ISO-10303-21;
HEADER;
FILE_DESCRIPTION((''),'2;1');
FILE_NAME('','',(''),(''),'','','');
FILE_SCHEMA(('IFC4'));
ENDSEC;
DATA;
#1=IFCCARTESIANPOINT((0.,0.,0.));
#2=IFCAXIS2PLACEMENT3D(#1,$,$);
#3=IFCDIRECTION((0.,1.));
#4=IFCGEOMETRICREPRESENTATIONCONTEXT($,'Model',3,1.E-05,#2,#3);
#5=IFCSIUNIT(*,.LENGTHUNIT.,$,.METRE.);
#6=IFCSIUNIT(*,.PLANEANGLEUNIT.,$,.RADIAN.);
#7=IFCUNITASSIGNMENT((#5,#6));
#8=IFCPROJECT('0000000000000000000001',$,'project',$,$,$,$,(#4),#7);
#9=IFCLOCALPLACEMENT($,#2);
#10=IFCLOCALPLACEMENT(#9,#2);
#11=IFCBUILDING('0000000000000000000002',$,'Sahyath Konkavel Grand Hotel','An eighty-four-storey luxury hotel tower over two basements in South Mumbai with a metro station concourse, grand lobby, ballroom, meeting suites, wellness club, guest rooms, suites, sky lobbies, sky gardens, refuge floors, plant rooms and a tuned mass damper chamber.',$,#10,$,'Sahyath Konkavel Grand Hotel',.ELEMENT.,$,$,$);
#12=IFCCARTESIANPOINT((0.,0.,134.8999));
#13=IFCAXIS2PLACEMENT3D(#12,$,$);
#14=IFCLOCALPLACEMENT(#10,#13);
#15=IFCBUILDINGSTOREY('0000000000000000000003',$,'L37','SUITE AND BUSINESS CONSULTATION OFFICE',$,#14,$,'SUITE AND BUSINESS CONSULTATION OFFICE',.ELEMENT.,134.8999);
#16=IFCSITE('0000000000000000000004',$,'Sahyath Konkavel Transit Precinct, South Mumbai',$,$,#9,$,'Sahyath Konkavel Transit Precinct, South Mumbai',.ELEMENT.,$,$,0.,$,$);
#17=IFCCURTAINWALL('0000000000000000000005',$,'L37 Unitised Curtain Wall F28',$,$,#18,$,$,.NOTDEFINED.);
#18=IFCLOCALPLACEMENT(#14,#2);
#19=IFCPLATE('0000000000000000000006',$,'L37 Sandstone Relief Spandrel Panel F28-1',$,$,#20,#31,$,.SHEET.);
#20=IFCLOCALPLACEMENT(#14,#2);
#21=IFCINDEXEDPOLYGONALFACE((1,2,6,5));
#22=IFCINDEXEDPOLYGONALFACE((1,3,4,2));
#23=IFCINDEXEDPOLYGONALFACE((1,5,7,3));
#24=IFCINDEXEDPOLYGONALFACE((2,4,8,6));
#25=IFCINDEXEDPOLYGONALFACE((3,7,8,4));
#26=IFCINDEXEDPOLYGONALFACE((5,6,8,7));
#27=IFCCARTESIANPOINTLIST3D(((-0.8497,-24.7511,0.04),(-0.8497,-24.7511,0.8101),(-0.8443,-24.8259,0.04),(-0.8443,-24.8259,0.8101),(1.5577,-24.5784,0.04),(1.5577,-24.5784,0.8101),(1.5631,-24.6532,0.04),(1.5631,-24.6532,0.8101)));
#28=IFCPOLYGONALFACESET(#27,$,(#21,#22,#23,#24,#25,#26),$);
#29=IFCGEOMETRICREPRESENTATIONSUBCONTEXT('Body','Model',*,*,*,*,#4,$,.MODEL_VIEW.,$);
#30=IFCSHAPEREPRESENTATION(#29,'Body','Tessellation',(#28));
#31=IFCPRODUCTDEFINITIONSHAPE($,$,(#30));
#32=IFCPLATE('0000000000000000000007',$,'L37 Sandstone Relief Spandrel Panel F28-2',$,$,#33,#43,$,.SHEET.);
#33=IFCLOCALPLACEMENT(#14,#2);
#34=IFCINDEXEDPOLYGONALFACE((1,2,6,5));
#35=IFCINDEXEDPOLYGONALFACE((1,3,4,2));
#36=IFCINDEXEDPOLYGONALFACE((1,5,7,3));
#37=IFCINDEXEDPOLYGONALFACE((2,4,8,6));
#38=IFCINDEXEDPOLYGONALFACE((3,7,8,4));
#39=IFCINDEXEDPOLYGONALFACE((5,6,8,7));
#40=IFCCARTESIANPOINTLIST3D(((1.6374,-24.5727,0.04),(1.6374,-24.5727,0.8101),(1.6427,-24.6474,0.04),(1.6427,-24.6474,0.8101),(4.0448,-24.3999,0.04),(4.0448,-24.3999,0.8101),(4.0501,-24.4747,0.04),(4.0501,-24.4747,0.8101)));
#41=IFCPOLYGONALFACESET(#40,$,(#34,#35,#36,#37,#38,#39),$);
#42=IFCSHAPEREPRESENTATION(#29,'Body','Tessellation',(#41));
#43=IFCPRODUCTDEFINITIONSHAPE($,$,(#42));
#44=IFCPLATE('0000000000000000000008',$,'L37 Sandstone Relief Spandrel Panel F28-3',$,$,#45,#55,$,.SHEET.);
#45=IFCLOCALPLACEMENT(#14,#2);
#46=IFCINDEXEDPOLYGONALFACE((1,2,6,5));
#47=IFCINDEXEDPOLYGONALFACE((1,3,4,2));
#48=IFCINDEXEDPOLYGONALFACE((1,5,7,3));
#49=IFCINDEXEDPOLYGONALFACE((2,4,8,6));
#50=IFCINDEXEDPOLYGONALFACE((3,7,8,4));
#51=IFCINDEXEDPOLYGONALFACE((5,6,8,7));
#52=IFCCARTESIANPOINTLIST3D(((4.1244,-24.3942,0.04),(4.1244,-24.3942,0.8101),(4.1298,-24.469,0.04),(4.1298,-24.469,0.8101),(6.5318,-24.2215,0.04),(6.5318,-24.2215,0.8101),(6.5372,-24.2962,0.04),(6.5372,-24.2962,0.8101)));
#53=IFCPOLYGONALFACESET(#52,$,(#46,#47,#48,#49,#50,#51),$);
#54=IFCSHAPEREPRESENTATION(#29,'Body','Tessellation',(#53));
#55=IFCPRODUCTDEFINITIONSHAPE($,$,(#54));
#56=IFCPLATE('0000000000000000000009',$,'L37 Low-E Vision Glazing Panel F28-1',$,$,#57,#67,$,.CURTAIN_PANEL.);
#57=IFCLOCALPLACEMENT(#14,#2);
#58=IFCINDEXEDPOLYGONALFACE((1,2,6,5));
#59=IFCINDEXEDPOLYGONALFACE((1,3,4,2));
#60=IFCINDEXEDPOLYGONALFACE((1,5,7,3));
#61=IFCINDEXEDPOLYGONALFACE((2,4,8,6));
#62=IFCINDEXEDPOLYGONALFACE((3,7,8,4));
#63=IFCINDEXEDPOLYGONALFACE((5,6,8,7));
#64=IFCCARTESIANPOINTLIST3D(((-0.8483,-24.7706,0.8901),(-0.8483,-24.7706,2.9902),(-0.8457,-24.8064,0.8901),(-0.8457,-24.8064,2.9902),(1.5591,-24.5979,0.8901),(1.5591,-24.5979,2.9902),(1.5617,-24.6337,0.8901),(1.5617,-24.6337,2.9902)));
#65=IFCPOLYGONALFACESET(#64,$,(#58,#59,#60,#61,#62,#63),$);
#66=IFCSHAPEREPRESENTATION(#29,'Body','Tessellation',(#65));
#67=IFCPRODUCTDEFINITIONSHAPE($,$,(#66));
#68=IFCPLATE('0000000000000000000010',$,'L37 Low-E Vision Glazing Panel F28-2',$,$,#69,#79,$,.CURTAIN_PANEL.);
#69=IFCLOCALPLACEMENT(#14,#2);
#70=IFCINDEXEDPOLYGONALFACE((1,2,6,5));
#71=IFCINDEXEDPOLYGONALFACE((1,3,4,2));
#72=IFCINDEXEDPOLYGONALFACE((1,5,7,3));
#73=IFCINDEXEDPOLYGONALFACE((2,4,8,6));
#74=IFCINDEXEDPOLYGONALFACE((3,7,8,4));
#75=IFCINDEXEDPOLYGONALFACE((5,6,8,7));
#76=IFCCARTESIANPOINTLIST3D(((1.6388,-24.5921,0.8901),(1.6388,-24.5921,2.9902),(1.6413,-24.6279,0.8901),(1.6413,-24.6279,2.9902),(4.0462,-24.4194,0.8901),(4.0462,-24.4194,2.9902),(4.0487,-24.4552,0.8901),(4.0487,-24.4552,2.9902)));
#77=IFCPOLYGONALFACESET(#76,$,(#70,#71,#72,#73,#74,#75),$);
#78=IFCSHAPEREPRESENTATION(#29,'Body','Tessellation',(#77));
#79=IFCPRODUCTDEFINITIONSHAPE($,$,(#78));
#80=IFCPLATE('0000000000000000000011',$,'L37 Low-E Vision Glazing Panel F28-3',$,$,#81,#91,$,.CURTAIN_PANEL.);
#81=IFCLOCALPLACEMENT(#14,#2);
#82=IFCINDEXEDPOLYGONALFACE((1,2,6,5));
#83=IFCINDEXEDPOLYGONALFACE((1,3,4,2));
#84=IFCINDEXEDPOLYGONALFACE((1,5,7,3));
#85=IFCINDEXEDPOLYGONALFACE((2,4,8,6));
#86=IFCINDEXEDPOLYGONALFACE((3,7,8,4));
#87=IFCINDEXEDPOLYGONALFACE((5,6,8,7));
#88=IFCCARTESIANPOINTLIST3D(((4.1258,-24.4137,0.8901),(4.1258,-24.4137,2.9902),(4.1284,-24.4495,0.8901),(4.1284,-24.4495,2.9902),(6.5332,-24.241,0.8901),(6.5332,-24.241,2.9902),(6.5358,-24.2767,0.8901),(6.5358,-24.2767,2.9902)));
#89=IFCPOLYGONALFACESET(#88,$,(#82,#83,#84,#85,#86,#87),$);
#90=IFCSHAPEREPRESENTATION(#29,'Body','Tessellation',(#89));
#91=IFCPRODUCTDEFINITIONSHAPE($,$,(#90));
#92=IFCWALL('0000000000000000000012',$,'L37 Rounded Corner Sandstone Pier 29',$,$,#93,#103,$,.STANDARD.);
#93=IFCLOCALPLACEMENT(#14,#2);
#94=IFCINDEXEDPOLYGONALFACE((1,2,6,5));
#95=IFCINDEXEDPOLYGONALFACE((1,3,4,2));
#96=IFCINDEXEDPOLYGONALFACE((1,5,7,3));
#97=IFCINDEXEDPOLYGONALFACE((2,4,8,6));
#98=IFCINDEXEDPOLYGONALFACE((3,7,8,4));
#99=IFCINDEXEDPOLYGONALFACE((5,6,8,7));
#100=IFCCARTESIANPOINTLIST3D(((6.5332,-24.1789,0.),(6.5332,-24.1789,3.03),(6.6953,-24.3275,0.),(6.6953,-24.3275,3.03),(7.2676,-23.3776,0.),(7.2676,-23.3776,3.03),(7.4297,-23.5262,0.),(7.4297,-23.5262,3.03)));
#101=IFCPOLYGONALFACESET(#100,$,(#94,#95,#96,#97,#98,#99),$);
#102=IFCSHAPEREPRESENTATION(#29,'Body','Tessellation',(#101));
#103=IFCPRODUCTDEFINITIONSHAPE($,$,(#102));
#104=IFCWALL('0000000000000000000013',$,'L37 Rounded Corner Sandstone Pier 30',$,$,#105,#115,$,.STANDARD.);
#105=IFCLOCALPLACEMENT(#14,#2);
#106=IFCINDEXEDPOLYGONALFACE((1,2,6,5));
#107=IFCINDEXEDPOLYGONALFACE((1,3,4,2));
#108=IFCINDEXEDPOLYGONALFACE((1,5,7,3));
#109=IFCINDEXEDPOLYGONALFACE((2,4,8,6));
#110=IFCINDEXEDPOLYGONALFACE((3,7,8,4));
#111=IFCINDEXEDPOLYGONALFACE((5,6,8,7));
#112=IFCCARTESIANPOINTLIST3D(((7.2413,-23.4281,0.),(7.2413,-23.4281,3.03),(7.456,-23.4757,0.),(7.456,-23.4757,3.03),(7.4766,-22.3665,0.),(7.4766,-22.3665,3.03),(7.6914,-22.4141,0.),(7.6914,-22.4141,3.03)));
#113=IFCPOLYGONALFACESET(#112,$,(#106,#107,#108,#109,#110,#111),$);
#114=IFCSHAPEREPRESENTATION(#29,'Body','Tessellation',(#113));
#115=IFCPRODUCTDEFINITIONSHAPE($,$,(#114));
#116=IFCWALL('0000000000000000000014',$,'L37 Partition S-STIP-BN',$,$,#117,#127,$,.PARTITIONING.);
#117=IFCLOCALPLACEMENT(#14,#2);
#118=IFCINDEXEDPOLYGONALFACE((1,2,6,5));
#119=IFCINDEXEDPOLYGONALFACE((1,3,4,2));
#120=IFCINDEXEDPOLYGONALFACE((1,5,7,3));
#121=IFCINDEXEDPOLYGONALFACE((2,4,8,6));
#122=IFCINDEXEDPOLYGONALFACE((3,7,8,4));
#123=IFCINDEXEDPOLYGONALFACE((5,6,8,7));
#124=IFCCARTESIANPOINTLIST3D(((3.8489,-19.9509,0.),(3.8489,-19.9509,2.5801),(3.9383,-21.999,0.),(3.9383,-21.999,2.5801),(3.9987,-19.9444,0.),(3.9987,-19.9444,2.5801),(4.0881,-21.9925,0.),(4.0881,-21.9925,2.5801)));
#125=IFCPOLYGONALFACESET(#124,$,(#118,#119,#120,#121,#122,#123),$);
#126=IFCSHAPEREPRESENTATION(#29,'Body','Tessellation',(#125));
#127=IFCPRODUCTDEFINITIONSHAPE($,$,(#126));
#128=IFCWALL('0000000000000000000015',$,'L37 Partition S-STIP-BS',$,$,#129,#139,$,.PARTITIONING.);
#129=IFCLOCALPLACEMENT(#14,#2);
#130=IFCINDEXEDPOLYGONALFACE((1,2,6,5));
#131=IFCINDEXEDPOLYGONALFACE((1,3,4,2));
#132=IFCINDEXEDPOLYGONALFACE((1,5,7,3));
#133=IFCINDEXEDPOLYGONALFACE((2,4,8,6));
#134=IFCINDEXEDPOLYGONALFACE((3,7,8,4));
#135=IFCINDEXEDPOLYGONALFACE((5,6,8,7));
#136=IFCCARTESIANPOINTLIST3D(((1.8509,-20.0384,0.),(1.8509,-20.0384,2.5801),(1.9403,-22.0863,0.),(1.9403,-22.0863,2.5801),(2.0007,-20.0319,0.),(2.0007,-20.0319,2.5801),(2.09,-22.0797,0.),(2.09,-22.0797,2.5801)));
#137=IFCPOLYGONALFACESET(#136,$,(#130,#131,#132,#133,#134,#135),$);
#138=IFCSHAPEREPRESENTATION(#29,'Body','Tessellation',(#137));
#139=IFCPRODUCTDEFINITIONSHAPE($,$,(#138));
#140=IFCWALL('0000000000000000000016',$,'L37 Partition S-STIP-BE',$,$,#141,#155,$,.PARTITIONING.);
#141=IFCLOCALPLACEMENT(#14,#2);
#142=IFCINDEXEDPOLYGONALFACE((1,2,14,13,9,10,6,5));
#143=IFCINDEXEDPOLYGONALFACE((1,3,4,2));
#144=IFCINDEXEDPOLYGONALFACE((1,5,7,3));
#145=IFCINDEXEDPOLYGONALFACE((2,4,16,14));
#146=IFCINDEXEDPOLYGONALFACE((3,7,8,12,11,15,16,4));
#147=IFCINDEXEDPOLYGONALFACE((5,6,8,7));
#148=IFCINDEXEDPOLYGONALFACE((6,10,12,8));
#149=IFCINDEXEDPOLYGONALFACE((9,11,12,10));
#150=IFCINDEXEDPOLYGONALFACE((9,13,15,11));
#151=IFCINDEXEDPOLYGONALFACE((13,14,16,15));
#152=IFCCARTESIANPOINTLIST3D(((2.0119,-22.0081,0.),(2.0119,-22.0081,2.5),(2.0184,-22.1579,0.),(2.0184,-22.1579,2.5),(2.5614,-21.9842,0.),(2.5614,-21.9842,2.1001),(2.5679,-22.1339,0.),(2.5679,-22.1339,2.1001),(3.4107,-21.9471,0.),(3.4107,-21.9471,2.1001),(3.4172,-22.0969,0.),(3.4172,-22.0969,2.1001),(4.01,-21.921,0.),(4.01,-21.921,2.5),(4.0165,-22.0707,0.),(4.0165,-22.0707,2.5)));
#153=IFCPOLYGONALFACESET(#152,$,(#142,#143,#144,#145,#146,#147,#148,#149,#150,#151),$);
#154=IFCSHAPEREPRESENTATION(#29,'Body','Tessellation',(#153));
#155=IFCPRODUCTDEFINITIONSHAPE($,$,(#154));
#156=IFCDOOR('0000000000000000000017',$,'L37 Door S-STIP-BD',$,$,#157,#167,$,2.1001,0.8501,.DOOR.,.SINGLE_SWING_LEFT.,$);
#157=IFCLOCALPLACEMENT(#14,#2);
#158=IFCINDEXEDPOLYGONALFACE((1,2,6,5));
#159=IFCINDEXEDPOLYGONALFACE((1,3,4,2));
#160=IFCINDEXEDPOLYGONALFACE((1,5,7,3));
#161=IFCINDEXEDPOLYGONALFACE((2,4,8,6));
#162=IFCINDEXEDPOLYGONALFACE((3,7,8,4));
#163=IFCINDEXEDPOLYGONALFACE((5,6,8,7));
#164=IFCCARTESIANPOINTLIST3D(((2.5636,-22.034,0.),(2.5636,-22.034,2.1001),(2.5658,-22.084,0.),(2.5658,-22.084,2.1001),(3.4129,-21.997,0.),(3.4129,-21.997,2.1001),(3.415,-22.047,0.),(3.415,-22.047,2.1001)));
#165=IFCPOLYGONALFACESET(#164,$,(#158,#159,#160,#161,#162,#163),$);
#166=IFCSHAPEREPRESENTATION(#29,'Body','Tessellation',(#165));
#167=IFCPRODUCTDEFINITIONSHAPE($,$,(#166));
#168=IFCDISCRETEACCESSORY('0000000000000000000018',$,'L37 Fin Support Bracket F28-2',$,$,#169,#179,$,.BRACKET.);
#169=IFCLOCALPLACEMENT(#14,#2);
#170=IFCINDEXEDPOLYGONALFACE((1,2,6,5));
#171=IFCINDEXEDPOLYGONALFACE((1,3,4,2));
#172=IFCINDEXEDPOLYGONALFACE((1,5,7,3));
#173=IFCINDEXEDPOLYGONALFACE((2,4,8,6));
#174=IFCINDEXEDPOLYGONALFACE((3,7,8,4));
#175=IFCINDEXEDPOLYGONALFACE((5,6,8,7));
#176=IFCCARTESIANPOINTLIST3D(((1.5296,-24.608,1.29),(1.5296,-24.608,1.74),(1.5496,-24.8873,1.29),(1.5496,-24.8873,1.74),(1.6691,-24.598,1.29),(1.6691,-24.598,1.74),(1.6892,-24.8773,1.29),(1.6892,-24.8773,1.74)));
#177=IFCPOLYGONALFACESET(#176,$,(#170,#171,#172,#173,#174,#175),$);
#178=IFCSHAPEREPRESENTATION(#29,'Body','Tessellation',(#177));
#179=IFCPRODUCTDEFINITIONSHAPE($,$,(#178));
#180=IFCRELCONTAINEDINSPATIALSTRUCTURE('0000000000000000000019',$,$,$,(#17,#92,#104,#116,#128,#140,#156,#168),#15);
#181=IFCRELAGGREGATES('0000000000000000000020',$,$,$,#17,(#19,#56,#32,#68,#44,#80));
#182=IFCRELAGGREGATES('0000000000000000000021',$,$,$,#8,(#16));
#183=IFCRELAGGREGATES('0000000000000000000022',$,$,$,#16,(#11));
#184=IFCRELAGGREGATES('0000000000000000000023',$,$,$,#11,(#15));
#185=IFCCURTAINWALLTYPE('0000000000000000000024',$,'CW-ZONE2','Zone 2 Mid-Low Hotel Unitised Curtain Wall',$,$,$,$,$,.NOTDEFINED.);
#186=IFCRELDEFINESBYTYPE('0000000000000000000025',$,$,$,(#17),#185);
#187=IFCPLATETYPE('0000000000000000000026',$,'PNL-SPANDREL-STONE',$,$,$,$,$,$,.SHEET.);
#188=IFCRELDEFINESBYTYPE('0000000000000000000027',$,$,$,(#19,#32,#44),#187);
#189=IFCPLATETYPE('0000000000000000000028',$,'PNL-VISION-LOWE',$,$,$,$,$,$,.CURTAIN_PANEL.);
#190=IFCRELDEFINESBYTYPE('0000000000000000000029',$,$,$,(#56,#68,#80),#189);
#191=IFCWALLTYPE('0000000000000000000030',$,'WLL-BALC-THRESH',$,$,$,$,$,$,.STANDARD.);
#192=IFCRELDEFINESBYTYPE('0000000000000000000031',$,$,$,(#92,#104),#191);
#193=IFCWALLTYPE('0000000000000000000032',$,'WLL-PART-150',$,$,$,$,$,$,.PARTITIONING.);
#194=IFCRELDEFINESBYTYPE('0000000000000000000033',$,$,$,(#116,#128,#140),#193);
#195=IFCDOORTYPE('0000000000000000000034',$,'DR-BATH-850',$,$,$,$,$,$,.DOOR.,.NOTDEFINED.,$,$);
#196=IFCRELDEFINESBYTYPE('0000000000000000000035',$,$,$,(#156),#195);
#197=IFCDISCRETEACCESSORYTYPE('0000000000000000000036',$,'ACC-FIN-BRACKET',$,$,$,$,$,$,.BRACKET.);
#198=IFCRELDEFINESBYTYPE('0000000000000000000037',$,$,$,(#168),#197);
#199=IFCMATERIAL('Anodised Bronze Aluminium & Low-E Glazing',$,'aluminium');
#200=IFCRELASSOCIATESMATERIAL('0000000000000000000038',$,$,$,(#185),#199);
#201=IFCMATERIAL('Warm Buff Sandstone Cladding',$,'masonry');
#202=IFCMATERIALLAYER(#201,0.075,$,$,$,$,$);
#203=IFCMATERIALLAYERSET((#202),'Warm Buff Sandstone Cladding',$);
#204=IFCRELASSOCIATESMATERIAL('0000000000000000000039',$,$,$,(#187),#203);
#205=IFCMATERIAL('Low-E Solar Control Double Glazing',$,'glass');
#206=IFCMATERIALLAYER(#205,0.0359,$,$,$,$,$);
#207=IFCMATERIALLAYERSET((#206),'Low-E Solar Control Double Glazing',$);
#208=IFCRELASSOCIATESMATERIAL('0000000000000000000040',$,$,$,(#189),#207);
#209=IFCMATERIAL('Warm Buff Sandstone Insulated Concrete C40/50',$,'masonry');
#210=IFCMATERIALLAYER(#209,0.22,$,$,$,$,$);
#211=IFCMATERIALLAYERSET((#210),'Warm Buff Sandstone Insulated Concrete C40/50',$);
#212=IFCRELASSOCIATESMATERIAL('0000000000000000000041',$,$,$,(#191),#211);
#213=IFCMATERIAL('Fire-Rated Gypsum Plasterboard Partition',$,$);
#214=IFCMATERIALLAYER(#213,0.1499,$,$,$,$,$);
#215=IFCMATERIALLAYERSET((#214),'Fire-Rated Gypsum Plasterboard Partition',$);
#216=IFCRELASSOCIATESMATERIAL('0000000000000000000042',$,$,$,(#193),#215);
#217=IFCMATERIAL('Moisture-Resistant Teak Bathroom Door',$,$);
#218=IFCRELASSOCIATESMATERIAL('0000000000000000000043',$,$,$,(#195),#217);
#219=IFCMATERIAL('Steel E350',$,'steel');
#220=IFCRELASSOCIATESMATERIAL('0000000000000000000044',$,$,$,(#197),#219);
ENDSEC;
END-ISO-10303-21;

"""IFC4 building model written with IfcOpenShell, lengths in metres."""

from ifc_helpers import new_model, si_unit, direction, frame, frame_2d, origin, origin_2d, place, context, subcontext, project, spatial, rectangle, extrude, source, transform, mapped, material, layer, layer_set, type_object, element, fill, aggregate, save


model = new_model("IFC4")

# Units and contexts
model_context = context("Model", 3, precision=1e-05, world=origin(), true_north=direction((0.0, 1.0)))
body_context = subcontext(model_context, "Body", "Model", "MODEL_VIEW")
ifc_project = project(units=[si_unit("LENGTHUNIT", "METRE"), si_unit("PLANEANGLEUNIT", "RADIAN")], contexts=[model_context])

# Site, building, storey
site_placement = place(None, origin())
site = spatial("IfcSite", under=ifc_project, at=site_placement, Name="Sahyath Konkavel Transit Precinct, South Mumbai", LongName="Sahyath Konkavel Transit Precinct, South Mumbai", CompositionType="ELEMENT", RefElevation=0.0)
building_placement = place(site_placement, origin())
building = spatial("IfcBuilding", under=site, at=building_placement, Name="Sahyath Konkavel Grand Hotel", Description="An eighty-four-storey luxury hotel tower over two basements in South Mumbai with a metro station concourse, grand lobby, ballroom, meeting suites, wellness club, guest rooms, suites, sky lobbies, sky gardens, refuge floors, plant rooms and a tuned mass damper chamber.", LongName="Sahyath Konkavel Grand Hotel", CompositionType="ELEMENT")
storey_placement = place(building_placement, frame((0.0, 0.0, 134.8999)))
storey = spatial("IfcBuildingStorey", under=building, at=storey_placement, Name="L37", Description="SUITE AND BUSINESS CONSULTATION OFFICE", LongName="SUITE AND BUSINESS CONSULTATION OFFICE", CompositionType="ELEMENT", Elevation=134.8999)

# Curtain wall
ifc_material_1 = material(Name="Anodised Bronze Aluminium & Low-E Glazing", Category="aluminium")
curtain_wall_type = type_object("IfcCurtainWallType", Name="CW-ZONE2", Description="Zone 2 Mid-Low Hotel Unitised Curtain Wall", PredefinedType="NOTDEFINED", material=ifc_material_1)
curtain_wall_1_placement = place(storey_placement, origin())
curtain_wall_1 = element("IfcCurtainWall", 1, at=curtain_wall_1_placement, inside=storey, type_object=curtain_wall_type, Name="L37 Unitised Curtain Wall F28", PredefinedType="NOTDEFINED")

# Plates
ifc_material_2 = material(Name="Warm Buff Sandstone Cladding", Category="masonry")
ifc_layer_1 = layer(ifc_material_2, 0.075)
ifc_layer_set_1 = layer_set([ifc_layer_1], Name="Warm Buff Sandstone Cladding")
plate_type_1 = type_object("IfcPlateType", Name="PNL-SPANDREL-STONE", PredefinedType="SHEET", material=ifc_layer_set_1)
shared_shape_1 = source(origin(), body_context, "Body", "SweptSolid", [
    extrude(rectangle(XDim=2.4136, YDim=0.075, at=origin_2d()), origin(), (0.0, 0.0, 1.0), 0.77),
])
plate_1_placement = place(storey_placement, frame((0.3567, -24.7021, 0.04), z_axis=(0.0, 0.0, 1.0), x_axis=(0.997436, 0.071567, 0.0)))
plate_1 = element("IfcPlate", 2, at=plate_1_placement, type_object=plate_type_1, Name="L37 Sandstone Relief Spandrel Panel F28-1", PredefinedType="SHEET", context=body_context, shape_type="MappedRepresentation", body=[
    mapped(shared_shape_1, transform((0.0, 0.0, 0.0), scale=1.0)),
])
plate_2_placement = place(storey_placement, frame((2.8438, -24.5237, 0.04), z_axis=(0.0, 0.0, 1.0), x_axis=(0.997436, 0.071567, 0.0)))
plate_2 = element("IfcPlate", 3, at=plate_2_placement, type_object=plate_type_1, Name="L37 Sandstone Relief Spandrel Panel F28-2", PredefinedType="SHEET", context=body_context, shape_type="MappedRepresentation", body=[
    mapped(shared_shape_1, transform((0.0, 0.0, 0.0), scale=1.0)),
])
plate_3_placement = place(storey_placement, frame((5.3308, -24.3452, 0.04), z_axis=(0.0, 0.0, 1.0), x_axis=(0.997436, 0.071567, 0.0)))
plate_3 = element("IfcPlate", 4, at=plate_3_placement, type_object=plate_type_1, Name="L37 Sandstone Relief Spandrel Panel F28-3", PredefinedType="SHEET", context=body_context, shape_type="MappedRepresentation", body=[
    mapped(shared_shape_1, transform((0.0, 0.0, 0.0), scale=1.0)),
])
ifc_material_3 = material(Name="Low-E Solar Control Double Glazing", Category="glass")
ifc_layer_2 = layer(ifc_material_3, 0.0359)
ifc_layer_set_2 = layer_set([ifc_layer_2], Name="Low-E Solar Control Double Glazing")
plate_type_2 = type_object("IfcPlateType", Name="PNL-VISION-LOWE", PredefinedType="CURTAIN_PANEL", material=ifc_layer_set_2)
shared_shape_2 = source(origin(), body_context, "Body", "SweptSolid", [
    extrude(rectangle(XDim=2.4136, YDim=0.0359, at=origin_2d()), origin(), (0.0, 0.0, 1.0), 2.1001),
])
plate_4_placement = place(storey_placement, frame((0.3567, -24.7021, 0.8901), z_axis=(0.0, 0.0, 1.0), x_axis=(0.997436, 0.071567, 0.0)))
plate_4 = element("IfcPlate", 5, at=plate_4_placement, type_object=plate_type_2, Name="L37 Low-E Vision Glazing Panel F28-1", PredefinedType="CURTAIN_PANEL", context=body_context, shape_type="MappedRepresentation", body=[
    mapped(shared_shape_2, transform((0.0, 0.0, 0.0), scale=1.0)),
])
plate_5_placement = place(storey_placement, frame((2.8438, -24.5237, 0.8901), z_axis=(0.0, 0.0, 1.0), x_axis=(0.997436, 0.071567, 0.0)))
plate_5 = element("IfcPlate", 6, at=plate_5_placement, type_object=plate_type_2, Name="L37 Low-E Vision Glazing Panel F28-2", PredefinedType="CURTAIN_PANEL", context=body_context, shape_type="MappedRepresentation", body=[
    mapped(shared_shape_2, transform((0.0, 0.0, 0.0), scale=1.0)),
])
plate_6_placement = place(storey_placement, frame((5.3308, -24.3452, 0.8901), z_axis=(0.0, 0.0, 1.0), x_axis=(0.997436, 0.071567, 0.0)))
plate_6 = element("IfcPlate", 7, at=plate_6_placement, type_object=plate_type_2, Name="L37 Low-E Vision Glazing Panel F28-3", PredefinedType="CURTAIN_PANEL", context=body_context, shape_type="MappedRepresentation", body=[
    mapped(shared_shape_2, transform((0.0, 0.0, 0.0), scale=1.0)),
])
aggregate(curtain_wall_1, [plate_1, plate_4, plate_2, plate_5, plate_3, plate_6])

# Walls
ifc_material_4 = material(Name="Warm Buff Sandstone Insulated Concrete C40/50", Category="masonry")
ifc_layer_3 = layer(ifc_material_4, 0.22)
ifc_layer_set_3 = layer_set([ifc_layer_3], Name="Warm Buff Sandstone Insulated Concrete C40/50")
wall_type_1 = type_object("IfcWallType", Name="WLL-BALC-THRESH", PredefinedType="STANDARD", material=ifc_layer_set_3)
wall_1_placement = place(storey_placement, frame((6.6143, -24.2532, 0.0), z_axis=(0.0, 0.0, 1.0), x_axis=(0.675664, 0.73721, 0.0)))
element("IfcWall", 8, at=wall_1_placement, inside=storey, type_object=wall_type_1, Name="L37 Rounded Corner Sandstone Pier 29", PredefinedType="STANDARD", context=body_context, shape_type="SweptSolid", body=[
    extrude(rectangle(XDim=1.0869, YDim=0.22, at=frame_2d((0.5435, 0.0))), origin(), (0.0, 0.0, 1.0), 3.03),
])
wall_2_placement = place(storey_placement, frame((7.3486, -23.4519, 0.0), z_axis=(0.0, 0.0, 1.0), x_axis=(0.216455, 0.976293, 0.0)))
element("IfcWall", 9, at=wall_2_placement, inside=storey, type_object=wall_type_1, Name="L37 Rounded Corner Sandstone Pier 30", PredefinedType="STANDARD", context=body_context, shape_type="SweptSolid", body=[
    extrude(rectangle(XDim=1.0874, YDim=0.22, at=frame_2d((0.5437, 0.0))), origin(), (0.0, 0.0, 1.0), 3.03),
])
ifc_material_5 = material(Name="Fire-Rated Gypsum Plasterboard Partition")
ifc_layer_4 = layer(ifc_material_5, 0.1499)
ifc_layer_set_4 = layer_set([ifc_layer_4], Name="Fire-Rated Gypsum Plasterboard Partition")
wall_type_2 = type_object("IfcWallType", Name="WLL-PART-150", PredefinedType="PARTITIONING", material=ifc_layer_set_4)
wall_3_placement = place(storey_placement, frame((3.9238, -19.9478, 0.0), z_axis=(0.0, 0.0, 1.0), x_axis=(0.043587, -0.99905, 0.0)))
element("IfcWall", 10, at=wall_3_placement, inside=storey, type_object=wall_type_2, Name="L37 Partition S-STIP-BN", PredefinedType="PARTITIONING", context=body_context, shape_type="SweptSolid", body=[
    extrude(rectangle(XDim=2.05, YDim=0.1499, at=frame_2d((1.0249, 0.0))), origin(), (0.0, 0.0, 1.0), 2.5801),
])
wall_4_placement = place(storey_placement, frame((1.9258, -20.0352, 0.0), z_axis=(0.0, 0.0, 1.0), x_axis=(0.043592, -0.999049, 0.0)))
element("IfcWall", 11, at=wall_4_placement, inside=storey, type_object=wall_type_2, Name="L37 Partition S-STIP-BS", PredefinedType="PARTITIONING", context=body_context, shape_type="SweptSolid", body=[
    extrude(rectangle(XDim=2.0498, YDim=0.1499, at=frame_2d((1.0249, 0.0))), origin(), (0.0, 0.0, 1.0), 2.5801),
])

# Wall, opening, door
wall_5_placement = place(storey_placement, frame((2.0151, -22.083, 0.0), z_axis=(0.0, 0.0, 1.0), x_axis=(0.99905, 0.04358, 0.0)))
wall_5 = element("IfcWall", 12, at=wall_5_placement, inside=storey, type_object=wall_type_2, Name="L37 Partition S-STIP-BE", PredefinedType="PARTITIONING", context=body_context, shape_type="SweptSolid", body=[
    extrude(rectangle(XDim=2.0, YDim=0.1499, at=frame_2d((1.0, 0.0))), origin(), (0.0, 0.0, 1.0), 2.5),
])
opening_placement = place(wall_5_placement, frame((0.55, 0.0, 0.0)))
opening = element("IfcOpeningElement", 13, at=opening_placement, cuts=wall_5, PredefinedType="OPENING", context=body_context, shape_type="SweptSolid", body=[
    extrude(rectangle(XDim=0.8501, YDim=2.1001, at=frame_2d((0.425, 1.05))), frame((0.0, 0.085, 0.0), z_axis=(0.0, -1.0, 0.0), x_axis=(1.0, 0.0, 0.0)), (0.0, 0.0, 1.0), 0.1699),
])
ifc_material_6 = material(Name="Moisture-Resistant Teak Bathroom Door")
door_type = type_object("IfcDoorType", Name="DR-BATH-850", OperationType="NOTDEFINED", PredefinedType="DOOR", material=ifc_material_6)
shared_shape_3 = source(origin(), body_context, "Body", "SweptSolid", [
    extrude(rectangle(XDim=0.8501, YDim=0.05, at=origin_2d()), origin(), (0.0, 0.0, 1.0), 2.1001),
])
door_placement = place(opening_placement, frame((0.425, 0.0, 0.0)))
door = element("IfcDoor", 14, at=door_placement, inside=storey, type_object=door_type, Name="L37 Door S-STIP-BD", OperationType="SINGLE_SWING_LEFT", OverallHeight=2.1001, OverallWidth=0.8501, PredefinedType="DOOR", context=body_context, shape_type="MappedRepresentation", body=[
    mapped(shared_shape_3, transform((0.0, 0.0, 0.0), scale=1.0)),
])
fill(opening, door)

# Discrete accessory
ifc_material_7 = material(Name="Steel E350", Category="steel")
discrete_accessory_type = type_object("IfcDiscreteAccessoryType", Name="ACC-FIN-BRACKET", PredefinedType="BRACKET", material=ifc_material_7)
shared_shape_4 = source(origin(), body_context, "Body", "SweptSolid", [
    extrude(rectangle(XDim=0.28, YDim=0.1399, at=origin_2d()), origin(), (0.0, 0.0, 1.0), 0.45),
])
discrete_accessory_placement = place(storey_placement, frame((1.6094, -24.7427, 1.29), z_axis=(0.0, 0.0, 1.0), x_axis=(0.071567, -0.997436, 0.0)))
element("IfcDiscreteAccessory", 15, at=discrete_accessory_placement, inside=storey, type_object=discrete_accessory_type, Name="L37 Fin Support Bracket F28-2", PredefinedType="BRACKET", context=body_context, shape_type="MappedRepresentation", body=[
    mapped(shared_shape_4, transform((0.0, 0.0, 0.0), scale=1.0)),
])

save(model, "model.ifc")
